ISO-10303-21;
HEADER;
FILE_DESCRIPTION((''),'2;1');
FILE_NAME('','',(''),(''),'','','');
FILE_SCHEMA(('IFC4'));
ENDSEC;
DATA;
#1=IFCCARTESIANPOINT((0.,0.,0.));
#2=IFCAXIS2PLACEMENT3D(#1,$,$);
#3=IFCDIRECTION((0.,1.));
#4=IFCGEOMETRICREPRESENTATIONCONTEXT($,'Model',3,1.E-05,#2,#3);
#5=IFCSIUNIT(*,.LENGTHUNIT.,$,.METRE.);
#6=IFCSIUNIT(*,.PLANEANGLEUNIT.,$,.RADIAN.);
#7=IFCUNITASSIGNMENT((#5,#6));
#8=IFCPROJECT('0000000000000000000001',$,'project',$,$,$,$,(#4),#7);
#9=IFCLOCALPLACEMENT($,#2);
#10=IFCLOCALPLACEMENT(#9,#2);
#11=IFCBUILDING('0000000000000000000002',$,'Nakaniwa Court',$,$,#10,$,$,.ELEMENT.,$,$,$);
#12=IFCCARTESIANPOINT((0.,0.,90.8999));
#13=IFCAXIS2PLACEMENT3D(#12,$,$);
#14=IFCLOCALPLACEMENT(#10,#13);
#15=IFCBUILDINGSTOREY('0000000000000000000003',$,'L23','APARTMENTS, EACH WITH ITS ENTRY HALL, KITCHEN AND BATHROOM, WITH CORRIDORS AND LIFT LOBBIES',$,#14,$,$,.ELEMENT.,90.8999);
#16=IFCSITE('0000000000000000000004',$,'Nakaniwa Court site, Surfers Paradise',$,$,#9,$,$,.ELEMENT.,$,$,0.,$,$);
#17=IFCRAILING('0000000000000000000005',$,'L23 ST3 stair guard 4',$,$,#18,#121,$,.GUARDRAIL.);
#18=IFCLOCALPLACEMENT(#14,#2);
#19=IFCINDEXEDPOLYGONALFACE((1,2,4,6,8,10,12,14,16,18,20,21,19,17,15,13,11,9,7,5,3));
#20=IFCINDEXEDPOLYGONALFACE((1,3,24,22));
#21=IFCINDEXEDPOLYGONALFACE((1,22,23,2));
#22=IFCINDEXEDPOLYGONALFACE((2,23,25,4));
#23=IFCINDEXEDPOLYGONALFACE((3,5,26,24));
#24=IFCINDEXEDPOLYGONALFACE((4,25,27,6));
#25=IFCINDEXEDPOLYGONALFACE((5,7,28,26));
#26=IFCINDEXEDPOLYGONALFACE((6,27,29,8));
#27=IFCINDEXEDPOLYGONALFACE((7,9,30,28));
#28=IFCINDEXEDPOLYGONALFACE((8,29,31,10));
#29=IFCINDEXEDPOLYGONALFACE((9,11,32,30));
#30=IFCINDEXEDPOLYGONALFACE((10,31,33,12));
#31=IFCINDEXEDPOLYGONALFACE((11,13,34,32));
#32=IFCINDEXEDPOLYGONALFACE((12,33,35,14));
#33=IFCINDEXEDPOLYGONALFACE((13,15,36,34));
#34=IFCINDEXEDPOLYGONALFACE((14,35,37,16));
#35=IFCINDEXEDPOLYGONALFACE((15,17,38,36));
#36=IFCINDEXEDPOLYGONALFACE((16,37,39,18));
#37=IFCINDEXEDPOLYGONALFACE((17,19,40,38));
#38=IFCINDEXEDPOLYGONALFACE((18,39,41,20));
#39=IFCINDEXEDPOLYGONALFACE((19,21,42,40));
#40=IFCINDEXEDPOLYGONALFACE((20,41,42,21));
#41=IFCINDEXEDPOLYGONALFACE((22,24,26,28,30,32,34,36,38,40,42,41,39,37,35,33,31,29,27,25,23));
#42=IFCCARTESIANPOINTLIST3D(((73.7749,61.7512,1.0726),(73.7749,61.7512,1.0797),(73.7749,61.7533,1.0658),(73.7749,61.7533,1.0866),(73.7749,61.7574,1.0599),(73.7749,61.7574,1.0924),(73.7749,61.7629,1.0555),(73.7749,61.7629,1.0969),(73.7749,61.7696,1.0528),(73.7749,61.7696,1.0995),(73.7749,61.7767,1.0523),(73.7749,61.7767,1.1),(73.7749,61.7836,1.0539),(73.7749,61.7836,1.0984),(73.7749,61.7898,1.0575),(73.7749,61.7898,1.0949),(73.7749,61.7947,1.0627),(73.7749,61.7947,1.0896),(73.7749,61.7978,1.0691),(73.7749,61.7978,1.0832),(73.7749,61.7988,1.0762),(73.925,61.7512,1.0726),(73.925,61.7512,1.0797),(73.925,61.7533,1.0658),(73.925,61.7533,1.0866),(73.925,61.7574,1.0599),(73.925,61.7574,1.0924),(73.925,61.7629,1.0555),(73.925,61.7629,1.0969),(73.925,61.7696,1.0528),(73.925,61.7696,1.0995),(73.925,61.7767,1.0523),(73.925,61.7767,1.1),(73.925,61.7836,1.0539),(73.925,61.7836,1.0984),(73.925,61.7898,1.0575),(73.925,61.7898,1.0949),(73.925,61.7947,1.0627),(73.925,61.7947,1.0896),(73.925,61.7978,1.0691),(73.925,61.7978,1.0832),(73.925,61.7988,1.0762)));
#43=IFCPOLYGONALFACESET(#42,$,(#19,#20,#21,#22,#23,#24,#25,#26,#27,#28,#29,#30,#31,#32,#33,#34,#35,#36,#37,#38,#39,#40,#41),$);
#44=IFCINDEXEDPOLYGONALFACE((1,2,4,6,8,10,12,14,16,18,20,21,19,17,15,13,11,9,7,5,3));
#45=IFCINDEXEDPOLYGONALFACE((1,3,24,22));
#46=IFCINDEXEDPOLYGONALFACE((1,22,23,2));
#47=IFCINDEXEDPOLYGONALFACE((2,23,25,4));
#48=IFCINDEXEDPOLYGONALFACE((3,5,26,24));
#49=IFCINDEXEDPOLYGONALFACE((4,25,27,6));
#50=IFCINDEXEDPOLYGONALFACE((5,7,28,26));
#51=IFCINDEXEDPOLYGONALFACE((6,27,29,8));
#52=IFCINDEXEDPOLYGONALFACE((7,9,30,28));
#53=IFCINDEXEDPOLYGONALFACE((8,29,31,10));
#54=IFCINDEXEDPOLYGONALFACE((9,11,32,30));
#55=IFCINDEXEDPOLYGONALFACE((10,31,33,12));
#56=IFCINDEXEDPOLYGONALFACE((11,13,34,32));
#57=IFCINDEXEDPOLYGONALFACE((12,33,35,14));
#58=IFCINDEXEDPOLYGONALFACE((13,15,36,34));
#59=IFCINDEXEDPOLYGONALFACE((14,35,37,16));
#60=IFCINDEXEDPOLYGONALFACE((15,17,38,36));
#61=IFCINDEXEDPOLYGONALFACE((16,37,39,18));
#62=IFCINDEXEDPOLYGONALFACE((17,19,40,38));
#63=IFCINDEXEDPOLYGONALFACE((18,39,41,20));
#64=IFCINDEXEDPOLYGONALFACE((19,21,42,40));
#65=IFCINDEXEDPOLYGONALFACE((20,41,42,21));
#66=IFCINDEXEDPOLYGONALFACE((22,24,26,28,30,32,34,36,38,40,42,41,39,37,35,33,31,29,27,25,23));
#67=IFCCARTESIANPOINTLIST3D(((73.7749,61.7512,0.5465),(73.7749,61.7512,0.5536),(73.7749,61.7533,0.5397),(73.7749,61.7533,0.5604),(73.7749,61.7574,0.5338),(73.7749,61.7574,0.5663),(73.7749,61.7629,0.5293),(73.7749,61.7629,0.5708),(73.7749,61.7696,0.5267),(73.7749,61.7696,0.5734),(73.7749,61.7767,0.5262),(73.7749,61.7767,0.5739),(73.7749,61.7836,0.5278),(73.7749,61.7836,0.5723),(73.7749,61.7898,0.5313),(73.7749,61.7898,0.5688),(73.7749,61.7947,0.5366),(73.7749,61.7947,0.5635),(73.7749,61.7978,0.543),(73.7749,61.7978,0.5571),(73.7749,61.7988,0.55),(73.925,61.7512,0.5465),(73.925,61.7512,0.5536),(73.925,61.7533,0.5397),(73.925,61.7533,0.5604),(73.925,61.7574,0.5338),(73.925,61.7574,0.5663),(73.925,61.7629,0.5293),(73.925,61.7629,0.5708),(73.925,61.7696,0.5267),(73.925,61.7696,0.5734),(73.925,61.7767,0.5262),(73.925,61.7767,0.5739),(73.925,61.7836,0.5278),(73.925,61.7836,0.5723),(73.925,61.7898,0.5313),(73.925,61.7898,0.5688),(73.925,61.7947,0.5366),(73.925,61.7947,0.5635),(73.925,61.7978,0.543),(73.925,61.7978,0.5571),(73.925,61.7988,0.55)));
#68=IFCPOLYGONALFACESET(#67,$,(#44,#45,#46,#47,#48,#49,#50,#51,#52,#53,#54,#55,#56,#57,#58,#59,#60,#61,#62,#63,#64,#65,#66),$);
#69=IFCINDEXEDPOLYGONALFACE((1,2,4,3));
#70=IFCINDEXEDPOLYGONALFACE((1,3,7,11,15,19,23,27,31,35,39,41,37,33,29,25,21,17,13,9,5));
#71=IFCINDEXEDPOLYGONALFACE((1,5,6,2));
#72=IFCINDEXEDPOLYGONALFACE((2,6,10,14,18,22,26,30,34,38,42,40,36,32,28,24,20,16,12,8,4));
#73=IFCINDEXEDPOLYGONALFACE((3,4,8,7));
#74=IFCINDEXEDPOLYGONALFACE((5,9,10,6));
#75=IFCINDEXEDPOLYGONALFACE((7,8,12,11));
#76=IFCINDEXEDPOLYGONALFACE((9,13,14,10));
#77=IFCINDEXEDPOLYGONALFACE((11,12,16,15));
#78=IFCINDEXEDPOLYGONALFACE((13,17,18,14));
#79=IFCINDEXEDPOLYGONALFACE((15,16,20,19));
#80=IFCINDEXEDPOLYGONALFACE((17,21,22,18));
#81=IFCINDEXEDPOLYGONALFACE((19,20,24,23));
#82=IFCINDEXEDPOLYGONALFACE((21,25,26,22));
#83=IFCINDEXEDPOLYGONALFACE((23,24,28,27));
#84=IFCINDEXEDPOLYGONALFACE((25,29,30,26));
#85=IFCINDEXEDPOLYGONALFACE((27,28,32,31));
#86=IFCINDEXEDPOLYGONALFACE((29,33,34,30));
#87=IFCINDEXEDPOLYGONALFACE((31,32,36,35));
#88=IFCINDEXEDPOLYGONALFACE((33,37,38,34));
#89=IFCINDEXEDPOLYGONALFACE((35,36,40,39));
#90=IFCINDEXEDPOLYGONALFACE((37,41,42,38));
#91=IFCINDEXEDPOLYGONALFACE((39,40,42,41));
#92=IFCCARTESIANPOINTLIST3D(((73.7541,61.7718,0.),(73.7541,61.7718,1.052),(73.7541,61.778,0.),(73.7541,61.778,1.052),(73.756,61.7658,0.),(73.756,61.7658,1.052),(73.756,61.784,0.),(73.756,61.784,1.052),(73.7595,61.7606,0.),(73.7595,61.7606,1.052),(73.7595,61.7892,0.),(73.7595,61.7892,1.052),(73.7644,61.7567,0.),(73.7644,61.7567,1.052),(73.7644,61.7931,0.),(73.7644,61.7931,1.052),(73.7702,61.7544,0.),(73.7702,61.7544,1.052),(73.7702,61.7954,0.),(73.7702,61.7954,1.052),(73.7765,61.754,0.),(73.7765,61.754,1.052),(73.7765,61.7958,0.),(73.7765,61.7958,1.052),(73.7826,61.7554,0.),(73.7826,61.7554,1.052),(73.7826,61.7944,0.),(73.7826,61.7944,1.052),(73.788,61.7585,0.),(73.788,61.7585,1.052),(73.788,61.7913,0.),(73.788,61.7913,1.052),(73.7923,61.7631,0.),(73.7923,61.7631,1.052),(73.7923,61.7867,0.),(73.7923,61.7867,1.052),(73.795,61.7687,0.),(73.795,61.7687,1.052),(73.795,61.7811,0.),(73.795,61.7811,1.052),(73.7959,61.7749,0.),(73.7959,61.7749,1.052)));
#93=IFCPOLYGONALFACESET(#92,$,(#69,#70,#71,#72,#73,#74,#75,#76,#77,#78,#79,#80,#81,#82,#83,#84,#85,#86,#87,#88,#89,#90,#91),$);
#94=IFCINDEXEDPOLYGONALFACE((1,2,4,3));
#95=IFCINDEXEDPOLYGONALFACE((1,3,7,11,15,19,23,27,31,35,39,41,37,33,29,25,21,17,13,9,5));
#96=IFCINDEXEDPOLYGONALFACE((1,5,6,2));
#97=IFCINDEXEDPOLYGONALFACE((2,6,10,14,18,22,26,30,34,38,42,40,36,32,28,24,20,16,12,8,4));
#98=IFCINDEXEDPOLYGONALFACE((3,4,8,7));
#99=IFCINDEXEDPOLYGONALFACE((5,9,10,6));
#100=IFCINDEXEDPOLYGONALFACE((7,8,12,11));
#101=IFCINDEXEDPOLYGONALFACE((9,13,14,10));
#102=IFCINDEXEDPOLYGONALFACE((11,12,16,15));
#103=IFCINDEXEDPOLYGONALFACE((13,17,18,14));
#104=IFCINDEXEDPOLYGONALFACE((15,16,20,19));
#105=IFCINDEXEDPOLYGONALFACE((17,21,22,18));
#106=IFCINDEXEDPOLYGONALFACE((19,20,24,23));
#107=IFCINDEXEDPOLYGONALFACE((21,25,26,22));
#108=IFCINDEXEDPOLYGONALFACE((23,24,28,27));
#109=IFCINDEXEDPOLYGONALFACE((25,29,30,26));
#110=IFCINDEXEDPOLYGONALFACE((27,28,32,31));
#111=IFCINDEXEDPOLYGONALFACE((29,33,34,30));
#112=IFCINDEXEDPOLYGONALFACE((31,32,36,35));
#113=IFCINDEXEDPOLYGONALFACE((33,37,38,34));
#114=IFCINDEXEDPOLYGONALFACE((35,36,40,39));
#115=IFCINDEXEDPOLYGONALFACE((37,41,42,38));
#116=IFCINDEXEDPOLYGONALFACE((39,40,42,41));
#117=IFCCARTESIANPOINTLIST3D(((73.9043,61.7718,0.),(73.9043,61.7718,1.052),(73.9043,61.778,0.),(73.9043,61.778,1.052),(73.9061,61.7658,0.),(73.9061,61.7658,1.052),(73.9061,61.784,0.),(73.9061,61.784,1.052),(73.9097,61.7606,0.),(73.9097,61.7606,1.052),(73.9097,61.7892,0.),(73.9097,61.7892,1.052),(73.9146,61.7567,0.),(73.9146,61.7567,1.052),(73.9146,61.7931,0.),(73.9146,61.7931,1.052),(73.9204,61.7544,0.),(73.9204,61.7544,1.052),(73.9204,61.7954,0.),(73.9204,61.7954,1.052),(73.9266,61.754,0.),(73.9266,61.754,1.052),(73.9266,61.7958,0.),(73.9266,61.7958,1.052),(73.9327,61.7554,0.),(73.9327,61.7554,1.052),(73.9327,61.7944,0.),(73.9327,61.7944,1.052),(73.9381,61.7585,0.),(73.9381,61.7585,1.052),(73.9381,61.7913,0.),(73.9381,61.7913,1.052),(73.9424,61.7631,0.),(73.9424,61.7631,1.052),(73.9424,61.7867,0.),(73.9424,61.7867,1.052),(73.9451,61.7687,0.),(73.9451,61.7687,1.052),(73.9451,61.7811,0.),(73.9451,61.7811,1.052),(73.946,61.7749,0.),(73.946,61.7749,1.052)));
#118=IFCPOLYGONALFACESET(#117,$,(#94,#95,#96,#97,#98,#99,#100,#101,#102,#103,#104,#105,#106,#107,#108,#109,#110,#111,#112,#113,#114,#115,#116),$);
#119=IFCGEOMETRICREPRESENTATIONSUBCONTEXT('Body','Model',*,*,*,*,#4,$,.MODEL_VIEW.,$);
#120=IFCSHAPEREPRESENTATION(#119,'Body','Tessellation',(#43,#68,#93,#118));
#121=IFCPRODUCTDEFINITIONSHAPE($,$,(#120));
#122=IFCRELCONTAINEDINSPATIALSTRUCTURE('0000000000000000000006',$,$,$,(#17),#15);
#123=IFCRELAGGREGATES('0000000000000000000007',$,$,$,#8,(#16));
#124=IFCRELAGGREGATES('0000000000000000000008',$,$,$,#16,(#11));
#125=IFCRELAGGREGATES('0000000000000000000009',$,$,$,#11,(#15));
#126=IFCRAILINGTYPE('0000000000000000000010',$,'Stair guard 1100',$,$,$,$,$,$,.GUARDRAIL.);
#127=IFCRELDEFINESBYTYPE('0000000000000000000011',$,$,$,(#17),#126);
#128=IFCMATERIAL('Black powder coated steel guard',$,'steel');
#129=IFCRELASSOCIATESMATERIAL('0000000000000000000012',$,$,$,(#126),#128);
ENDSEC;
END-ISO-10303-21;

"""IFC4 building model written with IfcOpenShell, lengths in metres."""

from ifc_helpers import new_model, si_unit, direction, frame, origin, origin_2d, place, context, subcontext, project, spatial, circle, extrude, material, type_object, element, save


model = new_model("IFC4")

# Units and contexts
model_context = context("Model", 3, precision=1e-05, world=origin(), true_north=direction((0.0, 1.0)))
body_context = subcontext(model_context, "Body", "Model", "MODEL_VIEW")
ifc_project = project(units=[si_unit("LENGTHUNIT", "METRE"), si_unit("PLANEANGLEUNIT", "RADIAN")], contexts=[model_context])

# Site, building, storey
site_placement = place(None, origin())
site = spatial("IfcSite", under=ifc_project, at=site_placement, Name="Nakaniwa Court site, Surfers Paradise", CompositionType="ELEMENT", RefElevation=0.0)
building_placement = place(site_placement, origin())
building = spatial("IfcBuilding", under=site, at=building_placement, Name="Nakaniwa Court", CompositionType="ELEMENT")
storey_placement = place(building_placement, frame((0.0, 0.0, 90.8999)))
storey = spatial("IfcBuildingStorey", under=building, at=storey_placement, Name="L23", Description="APARTMENTS, EACH WITH ITS ENTRY HALL, KITCHEN AND BATHROOM, WITH CORRIDORS AND LIFT LOBBIES", CompositionType="ELEMENT", Elevation=90.8999)

# Railing
ifc_material_1 = material(Name="Black powder coated steel guard", Category="steel")
railing_type_1 = type_object("IfcRailingType", Name="Stair guard 1100", PredefinedType="GUARDRAIL", material=ifc_material_1)
railing_1_placement = place(storey_placement, frame((73.7749, 61.7749, 0.0)))
element("IfcRailing", 1, at=railing_1_placement, inside=storey, type_object=railing_type_1, Name="L23 ST3 stair guard 4", PredefinedType="GUARDRAIL", context=body_context, shape_type="SweptSolid", body=[
    extrude(circle(Radius=0.0239, at=origin_2d()), frame((0.0, 0.0, 1.0762), z_axis=(1.0, 0.0, 0.0), x_axis=(0.0, 1.0, 0.0)), (0.0, 0.0, 1.0), 0.1501),
    extrude(circle(Radius=0.0239, at=origin_2d()), frame((0.0, 0.0, 0.55), z_axis=(1.0, 0.0, 0.0), x_axis=(0.0, 1.0, 0.0)), (0.0, 0.0, 1.0), 0.1501),
    extrude(circle(Radius=0.021, at=origin_2d()), origin(), (0.0, 0.0, 1.0), 1.052),
    extrude(circle(Radius=0.021, at=origin_2d()), frame((0.1501, 0.0, 0.0)), (0.0, 0.0, 1.0), 1.052),
])

save(model, "model.ifc")
